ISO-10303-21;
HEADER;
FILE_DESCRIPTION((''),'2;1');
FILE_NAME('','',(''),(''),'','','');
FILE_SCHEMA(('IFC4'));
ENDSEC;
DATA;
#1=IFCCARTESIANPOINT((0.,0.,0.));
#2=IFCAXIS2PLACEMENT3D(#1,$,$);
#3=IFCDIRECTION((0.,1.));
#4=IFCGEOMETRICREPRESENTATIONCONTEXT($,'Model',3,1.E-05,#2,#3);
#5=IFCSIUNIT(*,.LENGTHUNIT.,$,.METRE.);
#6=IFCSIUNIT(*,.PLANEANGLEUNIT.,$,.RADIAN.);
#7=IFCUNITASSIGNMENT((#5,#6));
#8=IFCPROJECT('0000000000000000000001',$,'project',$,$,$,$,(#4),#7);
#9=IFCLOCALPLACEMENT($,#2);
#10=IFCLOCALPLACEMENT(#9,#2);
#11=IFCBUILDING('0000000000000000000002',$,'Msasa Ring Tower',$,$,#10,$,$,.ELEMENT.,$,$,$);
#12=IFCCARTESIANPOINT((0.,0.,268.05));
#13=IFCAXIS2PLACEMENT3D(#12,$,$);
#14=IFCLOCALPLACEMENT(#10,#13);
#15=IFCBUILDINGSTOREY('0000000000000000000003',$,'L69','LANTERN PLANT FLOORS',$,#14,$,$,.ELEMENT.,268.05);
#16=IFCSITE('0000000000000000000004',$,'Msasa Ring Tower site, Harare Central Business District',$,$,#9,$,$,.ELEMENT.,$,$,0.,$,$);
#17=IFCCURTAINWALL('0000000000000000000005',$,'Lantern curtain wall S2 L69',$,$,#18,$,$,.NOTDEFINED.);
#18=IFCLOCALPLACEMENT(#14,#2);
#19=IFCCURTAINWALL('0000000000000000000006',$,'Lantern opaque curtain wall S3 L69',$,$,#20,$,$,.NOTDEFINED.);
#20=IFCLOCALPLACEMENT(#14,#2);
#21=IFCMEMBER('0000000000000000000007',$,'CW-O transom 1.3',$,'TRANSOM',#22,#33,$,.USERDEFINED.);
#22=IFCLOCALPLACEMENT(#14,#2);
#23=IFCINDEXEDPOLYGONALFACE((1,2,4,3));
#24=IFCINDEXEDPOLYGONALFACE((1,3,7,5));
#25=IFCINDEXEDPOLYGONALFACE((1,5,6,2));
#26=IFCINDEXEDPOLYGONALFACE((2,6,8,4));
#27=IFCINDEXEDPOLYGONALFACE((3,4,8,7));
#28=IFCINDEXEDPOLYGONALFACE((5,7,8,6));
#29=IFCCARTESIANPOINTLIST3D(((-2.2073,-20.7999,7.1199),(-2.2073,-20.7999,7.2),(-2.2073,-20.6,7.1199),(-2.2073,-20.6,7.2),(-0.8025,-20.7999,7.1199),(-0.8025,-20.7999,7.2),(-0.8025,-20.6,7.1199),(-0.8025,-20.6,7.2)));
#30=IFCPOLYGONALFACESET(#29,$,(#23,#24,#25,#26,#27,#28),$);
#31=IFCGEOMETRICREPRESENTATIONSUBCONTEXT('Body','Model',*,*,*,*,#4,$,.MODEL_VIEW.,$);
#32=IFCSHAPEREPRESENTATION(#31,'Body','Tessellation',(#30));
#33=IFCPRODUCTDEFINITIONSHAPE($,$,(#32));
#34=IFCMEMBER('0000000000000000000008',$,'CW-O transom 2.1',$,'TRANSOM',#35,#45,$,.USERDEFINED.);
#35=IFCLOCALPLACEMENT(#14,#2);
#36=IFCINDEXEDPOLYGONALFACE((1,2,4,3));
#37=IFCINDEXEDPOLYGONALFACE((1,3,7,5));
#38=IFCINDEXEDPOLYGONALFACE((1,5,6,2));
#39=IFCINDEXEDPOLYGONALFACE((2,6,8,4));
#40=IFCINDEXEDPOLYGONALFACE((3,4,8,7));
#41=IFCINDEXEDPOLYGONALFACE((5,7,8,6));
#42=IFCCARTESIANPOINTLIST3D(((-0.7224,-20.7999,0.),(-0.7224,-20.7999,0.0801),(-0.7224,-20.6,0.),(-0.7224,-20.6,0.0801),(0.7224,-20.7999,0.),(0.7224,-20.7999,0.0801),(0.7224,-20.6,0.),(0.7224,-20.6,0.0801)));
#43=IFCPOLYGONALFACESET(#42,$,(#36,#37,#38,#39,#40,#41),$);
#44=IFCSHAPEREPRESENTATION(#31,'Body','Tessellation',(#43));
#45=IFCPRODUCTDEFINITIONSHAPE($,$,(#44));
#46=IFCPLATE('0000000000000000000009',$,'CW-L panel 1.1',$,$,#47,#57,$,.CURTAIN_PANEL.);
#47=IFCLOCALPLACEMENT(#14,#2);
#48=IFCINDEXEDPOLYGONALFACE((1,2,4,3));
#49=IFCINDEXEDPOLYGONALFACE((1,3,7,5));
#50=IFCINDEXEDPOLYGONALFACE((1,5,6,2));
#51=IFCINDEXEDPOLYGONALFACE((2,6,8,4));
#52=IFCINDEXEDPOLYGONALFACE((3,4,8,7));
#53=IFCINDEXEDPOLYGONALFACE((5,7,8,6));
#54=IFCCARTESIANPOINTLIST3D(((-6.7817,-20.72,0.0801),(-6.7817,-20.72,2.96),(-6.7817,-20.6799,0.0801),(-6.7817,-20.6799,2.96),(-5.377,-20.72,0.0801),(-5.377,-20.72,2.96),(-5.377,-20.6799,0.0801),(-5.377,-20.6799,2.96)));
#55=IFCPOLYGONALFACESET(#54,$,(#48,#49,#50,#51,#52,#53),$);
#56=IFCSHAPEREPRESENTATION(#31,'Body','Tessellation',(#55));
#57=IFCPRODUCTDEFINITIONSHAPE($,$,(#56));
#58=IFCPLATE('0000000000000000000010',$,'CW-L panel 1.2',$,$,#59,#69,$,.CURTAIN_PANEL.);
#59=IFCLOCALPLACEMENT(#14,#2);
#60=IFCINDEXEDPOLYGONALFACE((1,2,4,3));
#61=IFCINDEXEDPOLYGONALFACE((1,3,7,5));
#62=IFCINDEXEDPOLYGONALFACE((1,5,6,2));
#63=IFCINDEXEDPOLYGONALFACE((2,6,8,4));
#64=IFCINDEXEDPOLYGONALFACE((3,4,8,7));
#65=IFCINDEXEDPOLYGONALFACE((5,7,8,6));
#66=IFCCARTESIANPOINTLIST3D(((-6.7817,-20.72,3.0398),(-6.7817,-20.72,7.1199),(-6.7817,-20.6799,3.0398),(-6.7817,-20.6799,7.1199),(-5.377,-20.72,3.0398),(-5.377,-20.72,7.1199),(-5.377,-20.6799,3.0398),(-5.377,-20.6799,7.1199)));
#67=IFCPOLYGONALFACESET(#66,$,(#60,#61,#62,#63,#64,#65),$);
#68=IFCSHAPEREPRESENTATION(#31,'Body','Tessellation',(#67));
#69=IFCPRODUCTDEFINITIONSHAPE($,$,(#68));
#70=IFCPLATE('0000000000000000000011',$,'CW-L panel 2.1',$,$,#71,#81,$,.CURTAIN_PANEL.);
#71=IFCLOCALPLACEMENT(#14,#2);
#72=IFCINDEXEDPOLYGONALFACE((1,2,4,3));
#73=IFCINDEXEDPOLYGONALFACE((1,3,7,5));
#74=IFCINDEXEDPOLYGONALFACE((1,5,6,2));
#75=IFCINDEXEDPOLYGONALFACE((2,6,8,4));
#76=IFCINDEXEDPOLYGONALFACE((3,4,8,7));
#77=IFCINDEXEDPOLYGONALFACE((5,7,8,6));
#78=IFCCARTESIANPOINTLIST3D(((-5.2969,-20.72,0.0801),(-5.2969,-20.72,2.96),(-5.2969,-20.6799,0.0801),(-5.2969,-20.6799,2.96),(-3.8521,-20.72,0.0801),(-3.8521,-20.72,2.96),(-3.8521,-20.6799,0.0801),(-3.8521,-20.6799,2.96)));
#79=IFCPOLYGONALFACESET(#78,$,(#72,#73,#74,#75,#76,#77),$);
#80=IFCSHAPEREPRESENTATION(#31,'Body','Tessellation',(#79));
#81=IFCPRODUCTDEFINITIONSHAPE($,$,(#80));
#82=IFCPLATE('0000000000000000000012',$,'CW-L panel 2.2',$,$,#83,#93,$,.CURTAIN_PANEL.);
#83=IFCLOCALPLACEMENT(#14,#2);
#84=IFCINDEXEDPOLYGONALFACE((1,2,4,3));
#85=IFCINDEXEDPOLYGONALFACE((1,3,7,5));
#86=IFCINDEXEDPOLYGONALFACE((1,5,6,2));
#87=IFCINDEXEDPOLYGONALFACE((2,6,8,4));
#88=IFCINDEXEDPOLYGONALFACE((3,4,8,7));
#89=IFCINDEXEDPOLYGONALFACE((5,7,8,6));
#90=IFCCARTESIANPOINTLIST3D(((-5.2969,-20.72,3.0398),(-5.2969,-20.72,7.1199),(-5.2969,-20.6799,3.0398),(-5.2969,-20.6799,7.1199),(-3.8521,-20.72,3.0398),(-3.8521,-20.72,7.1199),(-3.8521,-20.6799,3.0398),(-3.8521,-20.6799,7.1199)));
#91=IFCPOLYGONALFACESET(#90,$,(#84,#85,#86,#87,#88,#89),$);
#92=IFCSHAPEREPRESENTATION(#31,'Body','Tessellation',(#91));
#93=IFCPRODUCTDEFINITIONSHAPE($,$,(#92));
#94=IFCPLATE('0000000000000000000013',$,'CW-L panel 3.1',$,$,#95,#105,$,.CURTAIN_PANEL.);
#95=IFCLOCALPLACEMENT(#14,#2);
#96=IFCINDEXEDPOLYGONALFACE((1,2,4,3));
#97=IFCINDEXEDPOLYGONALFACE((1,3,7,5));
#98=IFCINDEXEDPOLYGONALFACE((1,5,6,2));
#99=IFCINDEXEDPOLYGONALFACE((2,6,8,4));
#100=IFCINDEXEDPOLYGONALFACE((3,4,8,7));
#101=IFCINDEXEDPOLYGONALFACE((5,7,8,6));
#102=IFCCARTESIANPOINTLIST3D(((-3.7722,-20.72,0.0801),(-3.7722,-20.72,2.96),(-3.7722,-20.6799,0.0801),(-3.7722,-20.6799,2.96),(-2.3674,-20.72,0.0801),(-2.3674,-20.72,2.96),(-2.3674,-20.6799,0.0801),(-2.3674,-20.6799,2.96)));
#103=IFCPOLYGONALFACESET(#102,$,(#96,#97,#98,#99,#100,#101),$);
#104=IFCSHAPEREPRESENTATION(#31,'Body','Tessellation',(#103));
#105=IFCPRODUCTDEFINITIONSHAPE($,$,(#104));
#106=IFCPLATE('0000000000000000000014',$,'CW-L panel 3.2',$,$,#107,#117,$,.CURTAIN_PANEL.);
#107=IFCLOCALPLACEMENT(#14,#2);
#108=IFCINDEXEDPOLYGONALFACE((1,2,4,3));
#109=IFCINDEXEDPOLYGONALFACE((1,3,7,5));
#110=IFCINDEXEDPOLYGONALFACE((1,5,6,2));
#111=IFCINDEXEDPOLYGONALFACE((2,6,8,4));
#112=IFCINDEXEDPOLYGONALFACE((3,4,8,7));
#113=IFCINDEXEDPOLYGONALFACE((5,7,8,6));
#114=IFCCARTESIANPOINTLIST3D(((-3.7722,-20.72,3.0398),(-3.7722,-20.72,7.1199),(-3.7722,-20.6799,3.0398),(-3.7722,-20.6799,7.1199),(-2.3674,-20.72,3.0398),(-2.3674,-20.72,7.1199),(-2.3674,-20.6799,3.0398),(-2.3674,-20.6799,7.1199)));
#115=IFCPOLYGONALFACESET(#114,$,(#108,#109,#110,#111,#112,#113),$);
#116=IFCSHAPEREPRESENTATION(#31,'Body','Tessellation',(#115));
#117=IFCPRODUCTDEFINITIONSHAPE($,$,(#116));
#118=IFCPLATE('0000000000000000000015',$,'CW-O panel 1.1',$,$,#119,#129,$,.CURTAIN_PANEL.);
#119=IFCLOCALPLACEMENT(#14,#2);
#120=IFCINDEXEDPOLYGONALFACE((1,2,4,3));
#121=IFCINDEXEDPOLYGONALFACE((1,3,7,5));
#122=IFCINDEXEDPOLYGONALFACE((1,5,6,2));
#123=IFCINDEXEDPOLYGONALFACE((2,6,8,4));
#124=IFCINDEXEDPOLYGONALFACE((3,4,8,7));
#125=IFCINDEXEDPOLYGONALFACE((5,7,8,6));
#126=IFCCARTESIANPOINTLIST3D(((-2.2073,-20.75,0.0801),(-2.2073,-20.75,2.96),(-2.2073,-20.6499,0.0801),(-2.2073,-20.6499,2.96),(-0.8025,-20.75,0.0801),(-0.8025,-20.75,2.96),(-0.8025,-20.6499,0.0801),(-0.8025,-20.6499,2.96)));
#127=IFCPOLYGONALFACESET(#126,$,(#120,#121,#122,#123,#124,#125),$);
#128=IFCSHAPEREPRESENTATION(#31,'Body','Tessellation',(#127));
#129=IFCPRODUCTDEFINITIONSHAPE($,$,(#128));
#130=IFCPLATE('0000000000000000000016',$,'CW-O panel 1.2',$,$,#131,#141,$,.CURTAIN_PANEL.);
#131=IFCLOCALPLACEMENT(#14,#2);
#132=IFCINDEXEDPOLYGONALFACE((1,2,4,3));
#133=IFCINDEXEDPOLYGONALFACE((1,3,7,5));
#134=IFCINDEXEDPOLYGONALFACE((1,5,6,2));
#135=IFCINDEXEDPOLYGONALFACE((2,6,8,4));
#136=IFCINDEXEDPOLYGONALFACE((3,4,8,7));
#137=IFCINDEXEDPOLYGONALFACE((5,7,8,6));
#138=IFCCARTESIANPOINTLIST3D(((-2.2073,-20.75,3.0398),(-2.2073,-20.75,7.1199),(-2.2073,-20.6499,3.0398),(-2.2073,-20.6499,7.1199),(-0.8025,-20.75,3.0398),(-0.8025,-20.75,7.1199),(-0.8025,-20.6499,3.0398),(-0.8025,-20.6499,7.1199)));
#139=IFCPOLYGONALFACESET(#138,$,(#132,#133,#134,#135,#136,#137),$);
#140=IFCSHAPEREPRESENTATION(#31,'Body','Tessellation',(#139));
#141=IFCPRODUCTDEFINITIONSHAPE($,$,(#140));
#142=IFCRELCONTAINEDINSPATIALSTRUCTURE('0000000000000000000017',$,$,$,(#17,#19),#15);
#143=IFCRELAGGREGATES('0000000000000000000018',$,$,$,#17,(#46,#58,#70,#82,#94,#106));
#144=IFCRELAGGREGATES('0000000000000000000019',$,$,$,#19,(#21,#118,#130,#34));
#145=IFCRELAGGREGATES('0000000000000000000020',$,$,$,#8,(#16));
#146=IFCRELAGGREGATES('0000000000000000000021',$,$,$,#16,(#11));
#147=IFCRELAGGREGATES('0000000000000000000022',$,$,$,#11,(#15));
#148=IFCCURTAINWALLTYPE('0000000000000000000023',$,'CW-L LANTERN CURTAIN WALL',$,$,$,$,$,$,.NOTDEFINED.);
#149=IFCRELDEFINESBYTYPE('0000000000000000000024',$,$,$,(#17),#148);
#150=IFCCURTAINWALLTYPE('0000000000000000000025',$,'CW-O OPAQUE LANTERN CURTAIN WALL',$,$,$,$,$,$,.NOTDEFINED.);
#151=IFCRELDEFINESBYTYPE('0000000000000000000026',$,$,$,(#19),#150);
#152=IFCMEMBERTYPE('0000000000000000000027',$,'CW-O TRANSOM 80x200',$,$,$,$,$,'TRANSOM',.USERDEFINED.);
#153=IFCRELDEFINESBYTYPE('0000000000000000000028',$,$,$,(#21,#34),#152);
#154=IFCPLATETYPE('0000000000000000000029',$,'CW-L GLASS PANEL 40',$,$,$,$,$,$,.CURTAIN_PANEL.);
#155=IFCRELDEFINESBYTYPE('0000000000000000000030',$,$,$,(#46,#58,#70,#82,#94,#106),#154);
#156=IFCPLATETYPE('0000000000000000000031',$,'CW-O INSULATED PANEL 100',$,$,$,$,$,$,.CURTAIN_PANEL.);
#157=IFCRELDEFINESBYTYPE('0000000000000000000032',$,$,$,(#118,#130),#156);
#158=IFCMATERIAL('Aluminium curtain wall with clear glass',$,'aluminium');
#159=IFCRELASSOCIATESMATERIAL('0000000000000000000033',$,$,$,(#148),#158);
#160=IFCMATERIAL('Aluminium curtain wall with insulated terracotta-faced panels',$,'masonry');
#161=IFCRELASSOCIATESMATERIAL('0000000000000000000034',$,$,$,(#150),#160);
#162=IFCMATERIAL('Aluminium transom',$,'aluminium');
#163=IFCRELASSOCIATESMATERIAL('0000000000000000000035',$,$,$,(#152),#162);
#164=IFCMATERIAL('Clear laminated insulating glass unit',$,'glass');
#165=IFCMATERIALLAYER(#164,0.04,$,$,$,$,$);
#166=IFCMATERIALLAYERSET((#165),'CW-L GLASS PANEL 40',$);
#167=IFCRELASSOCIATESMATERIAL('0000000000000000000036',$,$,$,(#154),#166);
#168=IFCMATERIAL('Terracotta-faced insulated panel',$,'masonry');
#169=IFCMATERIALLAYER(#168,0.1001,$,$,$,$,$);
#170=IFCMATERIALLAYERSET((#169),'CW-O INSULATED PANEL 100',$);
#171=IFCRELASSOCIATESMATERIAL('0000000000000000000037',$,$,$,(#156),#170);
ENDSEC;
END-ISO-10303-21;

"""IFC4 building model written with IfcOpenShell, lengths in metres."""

from ifc_helpers import new_model, si_unit, direction, frame, origin, origin_2d, place, context, subcontext, project, spatial, rectangle, extrude, material, layer, layer_set, material_profile, profile_set, type_object, element, aggregate, save


model = new_model("IFC4")

# Units and contexts
model_context = context("Model", 3, precision=1e-05, world=origin(), true_north=direction((0.0, 1.0)))
body_context = subcontext(model_context, "Body", "Model", "MODEL_VIEW")
ifc_project = project(units=[si_unit("LENGTHUNIT", "METRE"), si_unit("PLANEANGLEUNIT", "RADIAN")], contexts=[model_context])

# Site, building, storey
site_placement = place(None, origin())
site = spatial("IfcSite", under=ifc_project, at=site_placement, Name="Msasa Ring Tower site, Harare Central Business District", CompositionType="ELEMENT", RefElevation=0.0)
building_placement = place(site_placement, origin())
building = spatial("IfcBuilding", under=site, at=building_placement, Name="Msasa Ring Tower", CompositionType="ELEMENT")
storey_placement = place(building_placement, frame((0.0, 0.0, 268.05)))
storey = spatial("IfcBuildingStorey", under=building, at=storey_placement, Name="L69", Description="LANTERN PLANT FLOORS", CompositionType="ELEMENT", Elevation=268.05)

# Curtain walls, members
ifc_material_1 = material(Name="Aluminium curtain wall with clear glass", Category="aluminium")
curtain_wall_type_1 = type_object("IfcCurtainWallType", Name="CW-L LANTERN CURTAIN WALL", PredefinedType="NOTDEFINED", material=ifc_material_1)
curtain_wall_1_placement = place(storey_placement, origin())
curtain_wall_1 = element("IfcCurtainWall", 1, at=curtain_wall_1_placement, inside=storey, type_object=curtain_wall_type_1, Name="Lantern curtain wall S2 L69", PredefinedType="NOTDEFINED")
ifc_material_2 = material(Name="Aluminium curtain wall with insulated terracotta-faced panels", Category="masonry")
curtain_wall_type_2 = type_object("IfcCurtainWallType", Name="CW-O OPAQUE LANTERN CURTAIN WALL", PredefinedType="NOTDEFINED", material=ifc_material_2)
curtain_wall_2_placement = place(storey_placement, origin())
curtain_wall_2 = element("IfcCurtainWall", 2, at=curtain_wall_2_placement, inside=storey, type_object=curtain_wall_type_2, Name="Lantern opaque curtain wall S3 L69", PredefinedType="NOTDEFINED")
ifc_material_3 = material(Name="Aluminium transom", Category="aluminium")
ifc_material_profile_1 = material_profile(ifc_material_3, rectangle(XDim=0.2, YDim=0.0801, at=origin_2d()), Name="AL 80x200")
ifc_profile_set_1 = profile_set([ifc_material_profile_1], Name="Aluminium transom")
member_type_1 = type_object("IfcMemberType", Name="CW-O TRANSOM 80x200", ElementType="TRANSOM", PredefinedType="USERDEFINED", material=ifc_profile_set_1)
member_1_placement = place(storey_placement, frame((-2.2073, -20.7, 7.1599), z_axis=(1.0, 0.0, 0.0), x_axis=(0.0, 1.0, 0.0)))
member_1 = element("IfcMember", 3, at=member_1_placement, type_object=member_type_1, Name="CW-O transom 1.3", ObjectType="TRANSOM", PredefinedType="USERDEFINED", context=body_context, shape_type="SweptSolid", body=[
    extrude(rectangle(XDim=0.2, YDim=0.0801, at=origin_2d()), origin(), (0.0, 0.0, 1.0), 1.4048),
])
member_2_placement = place(storey_placement, frame((-0.7224, -20.7, 0.04), z_axis=(1.0, 0.0, 0.0), x_axis=(0.0, 1.0, 0.0)))
member_2 = element("IfcMember", 4, at=member_2_placement, type_object=member_type_1, Name="CW-O transom 2.1", ObjectType="TRANSOM", PredefinedType="USERDEFINED", context=body_context, shape_type="SweptSolid", body=[
    extrude(rectangle(XDim=0.2, YDim=0.0801, at=origin_2d()), origin(), (0.0, 0.0, 1.0), 1.4448),
])

# Plates
ifc_material_4 = material(Name="Clear laminated insulating glass unit", Category="glass")
ifc_layer_1 = layer(ifc_material_4, 0.04)
ifc_layer_set_1 = layer_set([ifc_layer_1], Name="CW-L GLASS PANEL 40")
plate_type_1 = type_object("IfcPlateType", Name="CW-L GLASS PANEL 40", PredefinedType="CURTAIN_PANEL", material=ifc_layer_set_1)
plate_1_placement = place(storey_placement, frame((-6.0793, -20.7, 0.0801), z_axis=(0.0, 0.0, 1.0), x_axis=(1.0, 0.0, 0.0)))
plate_1 = element("IfcPlate", 5, at=plate_1_placement, type_object=plate_type_1, Name="CW-L panel 1.1", PredefinedType="CURTAIN_PANEL", context=body_context, shape_type="SweptSolid", body=[
    extrude(rectangle(XDim=1.4048, YDim=0.04, at=origin_2d()), origin(), (0.0, 0.0, 1.0), 2.8799),
])
plate_2_placement = place(storey_placement, frame((-6.0793, -20.7, 3.0398), z_axis=(0.0, 0.0, 1.0), x_axis=(1.0, 0.0, 0.0)))
plate_2 = element("IfcPlate", 6, at=plate_2_placement, type_object=plate_type_1, Name="CW-L panel 1.2", PredefinedType="CURTAIN_PANEL", context=body_context, shape_type="SweptSolid", body=[
    extrude(rectangle(XDim=1.4048, YDim=0.04, at=origin_2d()), origin(), (0.0, 0.0, 1.0), 4.0801),
])
plate_3_placement = place(storey_placement, frame((-4.5745, -20.7, 0.0801), z_axis=(0.0, 0.0, 1.0), x_axis=(1.0, 0.0, 0.0)))
plate_3 = element("IfcPlate", 7, at=plate_3_placement, type_object=plate_type_1, Name="CW-L panel 2.1", PredefinedType="CURTAIN_PANEL", context=body_context, shape_type="SweptSolid", body=[
    extrude(rectangle(XDim=1.4448, YDim=0.04, at=origin_2d()), origin(), (0.0, 0.0, 1.0), 2.8799),
])
plate_4_placement = place(storey_placement, frame((-4.5745, -20.7, 3.0398), z_axis=(0.0, 0.0, 1.0), x_axis=(1.0, 0.0, 0.0)))
plate_4 = element("IfcPlate", 8, at=plate_4_placement, type_object=plate_type_1, Name="CW-L panel 2.2", PredefinedType="CURTAIN_PANEL", context=body_context, shape_type="SweptSolid", body=[
    extrude(rectangle(XDim=1.4448, YDim=0.04, at=origin_2d()), origin(), (0.0, 0.0, 1.0), 4.0801),
])
plate_5_placement = place(storey_placement, frame((-3.0698, -20.7, 0.0801), z_axis=(0.0, 0.0, 1.0), x_axis=(1.0, 0.0, 0.0)))
plate_5 = element("IfcPlate", 9, at=plate_5_placement, type_object=plate_type_1, Name="CW-L panel 3.1", PredefinedType="CURTAIN_PANEL", context=body_context, shape_type="SweptSolid", body=[
    extrude(rectangle(XDim=1.4048, YDim=0.04, at=origin_2d()), origin(), (0.0, 0.0, 1.0), 2.8799),
])
plate_6_placement = place(storey_placement, frame((-3.0698, -20.7, 3.0398), z_axis=(0.0, 0.0, 1.0), x_axis=(1.0, 0.0, 0.0)))
plate_6 = element("IfcPlate", 10, at=plate_6_placement, type_object=plate_type_1, Name="CW-L panel 3.2", PredefinedType="CURTAIN_PANEL", context=body_context, shape_type="SweptSolid", body=[
    extrude(rectangle(XDim=1.4048, YDim=0.04, at=origin_2d()), origin(), (0.0, 0.0, 1.0), 4.0801),
])
aggregate(curtain_wall_1, [plate_1, plate_2, plate_3, plate_4, plate_5, plate_6])
ifc_material_5 = material(Name="Terracotta-faced insulated panel", Category="masonry")
ifc_layer_2 = layer(ifc_material_5, 0.1001)
ifc_layer_set_2 = layer_set([ifc_layer_2], Name="CW-O INSULATED PANEL 100")
plate_type_2 = type_object("IfcPlateType", Name="CW-O INSULATED PANEL 100", PredefinedType="CURTAIN_PANEL", material=ifc_layer_set_2)
plate_7_placement = place(storey_placement, frame((-1.5049, -20.7, 0.0801), z_axis=(0.0, 0.0, 1.0), x_axis=(1.0, 0.0, 0.0)))
plate_7 = element("IfcPlate", 11, at=plate_7_placement, type_object=plate_type_2, Name="CW-O panel 1.1", PredefinedType="CURTAIN_PANEL", context=body_context, shape_type="SweptSolid", body=[
    extrude(rectangle(XDim=1.4048, YDim=0.1001, at=origin_2d()), origin(), (0.0, 0.0, 1.0), 2.8799),
])
plate_8_placement = place(storey_placement, frame((-1.5049, -20.7, 3.0398), z_axis=(0.0, 0.0, 1.0), x_axis=(1.0, 0.0, 0.0)))
plate_8 = element("IfcPlate", 12, at=plate_8_placement, type_object=plate_type_2, Name="CW-O panel 1.2", PredefinedType="CURTAIN_PANEL", context=body_context, shape_type="SweptSolid", body=[
    extrude(rectangle(XDim=1.4048, YDim=0.1001, at=origin_2d()), origin(), (0.0, 0.0, 1.0), 4.0801),
])
aggregate(curtain_wall_2, [member_1, plate_7, plate_8, member_2])

save(model, "model.ifc")
